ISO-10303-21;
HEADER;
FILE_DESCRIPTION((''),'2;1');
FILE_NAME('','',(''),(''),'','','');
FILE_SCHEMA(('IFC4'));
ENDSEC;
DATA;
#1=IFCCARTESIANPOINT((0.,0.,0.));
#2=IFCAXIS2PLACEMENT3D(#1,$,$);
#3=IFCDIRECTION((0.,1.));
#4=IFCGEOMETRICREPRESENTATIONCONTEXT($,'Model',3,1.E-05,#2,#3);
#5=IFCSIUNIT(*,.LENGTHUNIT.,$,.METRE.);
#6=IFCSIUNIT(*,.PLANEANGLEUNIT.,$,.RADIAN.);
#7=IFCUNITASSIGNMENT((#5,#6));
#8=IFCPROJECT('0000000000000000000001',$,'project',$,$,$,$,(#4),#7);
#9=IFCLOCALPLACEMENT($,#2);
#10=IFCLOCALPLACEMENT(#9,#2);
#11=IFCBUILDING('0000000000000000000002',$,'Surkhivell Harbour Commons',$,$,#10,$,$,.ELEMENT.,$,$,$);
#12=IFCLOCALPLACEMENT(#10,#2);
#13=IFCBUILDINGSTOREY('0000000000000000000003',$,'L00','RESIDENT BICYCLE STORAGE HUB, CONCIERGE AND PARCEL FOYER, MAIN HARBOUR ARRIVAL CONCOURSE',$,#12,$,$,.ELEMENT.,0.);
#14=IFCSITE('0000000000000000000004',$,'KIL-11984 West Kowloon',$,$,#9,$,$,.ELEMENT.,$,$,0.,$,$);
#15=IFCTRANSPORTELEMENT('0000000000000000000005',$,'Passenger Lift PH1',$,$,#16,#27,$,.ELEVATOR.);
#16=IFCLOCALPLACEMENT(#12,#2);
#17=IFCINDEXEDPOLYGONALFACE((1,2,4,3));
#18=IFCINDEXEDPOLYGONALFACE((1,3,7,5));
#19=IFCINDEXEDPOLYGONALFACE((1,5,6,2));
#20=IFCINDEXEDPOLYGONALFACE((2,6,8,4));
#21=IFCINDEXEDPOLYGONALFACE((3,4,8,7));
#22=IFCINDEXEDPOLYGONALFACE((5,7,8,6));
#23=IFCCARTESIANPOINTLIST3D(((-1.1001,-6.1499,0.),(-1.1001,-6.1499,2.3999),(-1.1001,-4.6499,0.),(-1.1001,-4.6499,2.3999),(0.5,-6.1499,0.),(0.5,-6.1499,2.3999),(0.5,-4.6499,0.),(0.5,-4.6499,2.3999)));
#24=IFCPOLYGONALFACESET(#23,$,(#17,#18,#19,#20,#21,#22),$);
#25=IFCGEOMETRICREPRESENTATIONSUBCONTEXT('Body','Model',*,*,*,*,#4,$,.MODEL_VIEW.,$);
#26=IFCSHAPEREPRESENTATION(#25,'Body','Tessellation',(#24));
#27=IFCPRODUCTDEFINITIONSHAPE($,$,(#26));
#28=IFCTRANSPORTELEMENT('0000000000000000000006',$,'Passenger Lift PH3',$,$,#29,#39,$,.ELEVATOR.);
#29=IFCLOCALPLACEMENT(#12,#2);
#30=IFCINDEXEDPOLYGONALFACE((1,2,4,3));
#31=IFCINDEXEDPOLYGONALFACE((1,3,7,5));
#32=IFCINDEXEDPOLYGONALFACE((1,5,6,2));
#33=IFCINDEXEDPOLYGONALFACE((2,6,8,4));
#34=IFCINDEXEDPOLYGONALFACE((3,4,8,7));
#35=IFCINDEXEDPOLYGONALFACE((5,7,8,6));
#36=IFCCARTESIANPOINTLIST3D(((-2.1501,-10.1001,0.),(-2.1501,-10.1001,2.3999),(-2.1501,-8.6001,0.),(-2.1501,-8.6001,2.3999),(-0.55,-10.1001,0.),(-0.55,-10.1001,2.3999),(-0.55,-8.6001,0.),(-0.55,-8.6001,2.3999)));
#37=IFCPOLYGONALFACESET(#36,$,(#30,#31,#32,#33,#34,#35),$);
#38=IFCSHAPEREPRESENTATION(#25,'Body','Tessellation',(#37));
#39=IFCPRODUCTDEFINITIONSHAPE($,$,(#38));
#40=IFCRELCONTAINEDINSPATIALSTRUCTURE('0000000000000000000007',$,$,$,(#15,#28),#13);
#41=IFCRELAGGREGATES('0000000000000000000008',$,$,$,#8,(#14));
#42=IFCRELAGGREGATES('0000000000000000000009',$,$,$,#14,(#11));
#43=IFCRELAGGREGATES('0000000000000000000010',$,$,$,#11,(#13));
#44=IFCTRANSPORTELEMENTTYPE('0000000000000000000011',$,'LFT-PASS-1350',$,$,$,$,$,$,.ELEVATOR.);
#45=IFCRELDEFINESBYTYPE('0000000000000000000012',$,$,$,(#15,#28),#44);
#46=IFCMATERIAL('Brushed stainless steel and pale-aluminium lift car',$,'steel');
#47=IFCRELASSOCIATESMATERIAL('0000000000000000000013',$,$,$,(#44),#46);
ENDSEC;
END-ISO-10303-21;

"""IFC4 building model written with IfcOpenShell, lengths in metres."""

from ifc_helpers import new_model, si_unit, direction, frame, origin, origin_2d, place, context, subcontext, project, spatial, rectangle, extrude, material, type_object, element, save


model = new_model("IFC4")

# Units and contexts
model_context = context("Model", 3, precision=1e-05, world=origin(), true_north=direction((0.0, 1.0)))
body_context = subcontext(model_context, "Body", "Model", "MODEL_VIEW")
ifc_project = project(units=[si_unit("LENGTHUNIT", "METRE"), si_unit("PLANEANGLEUNIT", "RADIAN")], contexts=[model_context])

# Site, building, storey
site_placement = place(None, origin())
site = spatial("IfcSite", under=ifc_project, at=site_placement, Name="KIL-11984 West Kowloon", CompositionType="ELEMENT", RefElevation=0.0)
building_placement = place(site_placement, origin())
building = spatial("IfcBuilding", under=site, at=building_placement, Name="Surkhivell Harbour Commons", CompositionType="ELEMENT")
storey_placement = place(building_placement, origin())
storey = spatial("IfcBuildingStorey", under=building, at=storey_placement, Name="L00", Description="RESIDENT BICYCLE STORAGE HUB, CONCIERGE AND PARCEL FOYER, MAIN HARBOUR ARRIVAL CONCOURSE", CompositionType="ELEMENT", Elevation=0.0)

# Transport elements
ifc_material_1 = material(Name="Brushed stainless steel and pale-aluminium lift car", Category="steel")
transport_element_type = type_object("IfcTransportElementType", Name="LFT-PASS-1350", PredefinedType="ELEVATOR", material=ifc_material_1)
for number, where, z_axis, x_axis, name in (
    (1, (-0.3, -5.3999, 0.0), (0.0, 0.0, 1.0), (1.0, 0.0, 0.0), "Passenger Lift PH1"),
    (2, (-1.3501, -9.3501, 0.0), (0.0, 0.0, 1.0), (1.0, 0.0, 0.0), "Passenger Lift PH3"),
):
    element("IfcTransportElement", number, at=place(storey_placement, frame(where, z_axis=z_axis, x_axis=x_axis)), inside=storey, type_object=transport_element_type, Name=name, PredefinedType="ELEVATOR", context=body_context, shape_type="SweptSolid", body=[
        extrude(rectangle(XDim=1.6001, YDim=1.5, at=origin_2d()), origin(), (0.0, 0.0, 1.0), 2.3999),
    ])

save(model, "model.ifc")
